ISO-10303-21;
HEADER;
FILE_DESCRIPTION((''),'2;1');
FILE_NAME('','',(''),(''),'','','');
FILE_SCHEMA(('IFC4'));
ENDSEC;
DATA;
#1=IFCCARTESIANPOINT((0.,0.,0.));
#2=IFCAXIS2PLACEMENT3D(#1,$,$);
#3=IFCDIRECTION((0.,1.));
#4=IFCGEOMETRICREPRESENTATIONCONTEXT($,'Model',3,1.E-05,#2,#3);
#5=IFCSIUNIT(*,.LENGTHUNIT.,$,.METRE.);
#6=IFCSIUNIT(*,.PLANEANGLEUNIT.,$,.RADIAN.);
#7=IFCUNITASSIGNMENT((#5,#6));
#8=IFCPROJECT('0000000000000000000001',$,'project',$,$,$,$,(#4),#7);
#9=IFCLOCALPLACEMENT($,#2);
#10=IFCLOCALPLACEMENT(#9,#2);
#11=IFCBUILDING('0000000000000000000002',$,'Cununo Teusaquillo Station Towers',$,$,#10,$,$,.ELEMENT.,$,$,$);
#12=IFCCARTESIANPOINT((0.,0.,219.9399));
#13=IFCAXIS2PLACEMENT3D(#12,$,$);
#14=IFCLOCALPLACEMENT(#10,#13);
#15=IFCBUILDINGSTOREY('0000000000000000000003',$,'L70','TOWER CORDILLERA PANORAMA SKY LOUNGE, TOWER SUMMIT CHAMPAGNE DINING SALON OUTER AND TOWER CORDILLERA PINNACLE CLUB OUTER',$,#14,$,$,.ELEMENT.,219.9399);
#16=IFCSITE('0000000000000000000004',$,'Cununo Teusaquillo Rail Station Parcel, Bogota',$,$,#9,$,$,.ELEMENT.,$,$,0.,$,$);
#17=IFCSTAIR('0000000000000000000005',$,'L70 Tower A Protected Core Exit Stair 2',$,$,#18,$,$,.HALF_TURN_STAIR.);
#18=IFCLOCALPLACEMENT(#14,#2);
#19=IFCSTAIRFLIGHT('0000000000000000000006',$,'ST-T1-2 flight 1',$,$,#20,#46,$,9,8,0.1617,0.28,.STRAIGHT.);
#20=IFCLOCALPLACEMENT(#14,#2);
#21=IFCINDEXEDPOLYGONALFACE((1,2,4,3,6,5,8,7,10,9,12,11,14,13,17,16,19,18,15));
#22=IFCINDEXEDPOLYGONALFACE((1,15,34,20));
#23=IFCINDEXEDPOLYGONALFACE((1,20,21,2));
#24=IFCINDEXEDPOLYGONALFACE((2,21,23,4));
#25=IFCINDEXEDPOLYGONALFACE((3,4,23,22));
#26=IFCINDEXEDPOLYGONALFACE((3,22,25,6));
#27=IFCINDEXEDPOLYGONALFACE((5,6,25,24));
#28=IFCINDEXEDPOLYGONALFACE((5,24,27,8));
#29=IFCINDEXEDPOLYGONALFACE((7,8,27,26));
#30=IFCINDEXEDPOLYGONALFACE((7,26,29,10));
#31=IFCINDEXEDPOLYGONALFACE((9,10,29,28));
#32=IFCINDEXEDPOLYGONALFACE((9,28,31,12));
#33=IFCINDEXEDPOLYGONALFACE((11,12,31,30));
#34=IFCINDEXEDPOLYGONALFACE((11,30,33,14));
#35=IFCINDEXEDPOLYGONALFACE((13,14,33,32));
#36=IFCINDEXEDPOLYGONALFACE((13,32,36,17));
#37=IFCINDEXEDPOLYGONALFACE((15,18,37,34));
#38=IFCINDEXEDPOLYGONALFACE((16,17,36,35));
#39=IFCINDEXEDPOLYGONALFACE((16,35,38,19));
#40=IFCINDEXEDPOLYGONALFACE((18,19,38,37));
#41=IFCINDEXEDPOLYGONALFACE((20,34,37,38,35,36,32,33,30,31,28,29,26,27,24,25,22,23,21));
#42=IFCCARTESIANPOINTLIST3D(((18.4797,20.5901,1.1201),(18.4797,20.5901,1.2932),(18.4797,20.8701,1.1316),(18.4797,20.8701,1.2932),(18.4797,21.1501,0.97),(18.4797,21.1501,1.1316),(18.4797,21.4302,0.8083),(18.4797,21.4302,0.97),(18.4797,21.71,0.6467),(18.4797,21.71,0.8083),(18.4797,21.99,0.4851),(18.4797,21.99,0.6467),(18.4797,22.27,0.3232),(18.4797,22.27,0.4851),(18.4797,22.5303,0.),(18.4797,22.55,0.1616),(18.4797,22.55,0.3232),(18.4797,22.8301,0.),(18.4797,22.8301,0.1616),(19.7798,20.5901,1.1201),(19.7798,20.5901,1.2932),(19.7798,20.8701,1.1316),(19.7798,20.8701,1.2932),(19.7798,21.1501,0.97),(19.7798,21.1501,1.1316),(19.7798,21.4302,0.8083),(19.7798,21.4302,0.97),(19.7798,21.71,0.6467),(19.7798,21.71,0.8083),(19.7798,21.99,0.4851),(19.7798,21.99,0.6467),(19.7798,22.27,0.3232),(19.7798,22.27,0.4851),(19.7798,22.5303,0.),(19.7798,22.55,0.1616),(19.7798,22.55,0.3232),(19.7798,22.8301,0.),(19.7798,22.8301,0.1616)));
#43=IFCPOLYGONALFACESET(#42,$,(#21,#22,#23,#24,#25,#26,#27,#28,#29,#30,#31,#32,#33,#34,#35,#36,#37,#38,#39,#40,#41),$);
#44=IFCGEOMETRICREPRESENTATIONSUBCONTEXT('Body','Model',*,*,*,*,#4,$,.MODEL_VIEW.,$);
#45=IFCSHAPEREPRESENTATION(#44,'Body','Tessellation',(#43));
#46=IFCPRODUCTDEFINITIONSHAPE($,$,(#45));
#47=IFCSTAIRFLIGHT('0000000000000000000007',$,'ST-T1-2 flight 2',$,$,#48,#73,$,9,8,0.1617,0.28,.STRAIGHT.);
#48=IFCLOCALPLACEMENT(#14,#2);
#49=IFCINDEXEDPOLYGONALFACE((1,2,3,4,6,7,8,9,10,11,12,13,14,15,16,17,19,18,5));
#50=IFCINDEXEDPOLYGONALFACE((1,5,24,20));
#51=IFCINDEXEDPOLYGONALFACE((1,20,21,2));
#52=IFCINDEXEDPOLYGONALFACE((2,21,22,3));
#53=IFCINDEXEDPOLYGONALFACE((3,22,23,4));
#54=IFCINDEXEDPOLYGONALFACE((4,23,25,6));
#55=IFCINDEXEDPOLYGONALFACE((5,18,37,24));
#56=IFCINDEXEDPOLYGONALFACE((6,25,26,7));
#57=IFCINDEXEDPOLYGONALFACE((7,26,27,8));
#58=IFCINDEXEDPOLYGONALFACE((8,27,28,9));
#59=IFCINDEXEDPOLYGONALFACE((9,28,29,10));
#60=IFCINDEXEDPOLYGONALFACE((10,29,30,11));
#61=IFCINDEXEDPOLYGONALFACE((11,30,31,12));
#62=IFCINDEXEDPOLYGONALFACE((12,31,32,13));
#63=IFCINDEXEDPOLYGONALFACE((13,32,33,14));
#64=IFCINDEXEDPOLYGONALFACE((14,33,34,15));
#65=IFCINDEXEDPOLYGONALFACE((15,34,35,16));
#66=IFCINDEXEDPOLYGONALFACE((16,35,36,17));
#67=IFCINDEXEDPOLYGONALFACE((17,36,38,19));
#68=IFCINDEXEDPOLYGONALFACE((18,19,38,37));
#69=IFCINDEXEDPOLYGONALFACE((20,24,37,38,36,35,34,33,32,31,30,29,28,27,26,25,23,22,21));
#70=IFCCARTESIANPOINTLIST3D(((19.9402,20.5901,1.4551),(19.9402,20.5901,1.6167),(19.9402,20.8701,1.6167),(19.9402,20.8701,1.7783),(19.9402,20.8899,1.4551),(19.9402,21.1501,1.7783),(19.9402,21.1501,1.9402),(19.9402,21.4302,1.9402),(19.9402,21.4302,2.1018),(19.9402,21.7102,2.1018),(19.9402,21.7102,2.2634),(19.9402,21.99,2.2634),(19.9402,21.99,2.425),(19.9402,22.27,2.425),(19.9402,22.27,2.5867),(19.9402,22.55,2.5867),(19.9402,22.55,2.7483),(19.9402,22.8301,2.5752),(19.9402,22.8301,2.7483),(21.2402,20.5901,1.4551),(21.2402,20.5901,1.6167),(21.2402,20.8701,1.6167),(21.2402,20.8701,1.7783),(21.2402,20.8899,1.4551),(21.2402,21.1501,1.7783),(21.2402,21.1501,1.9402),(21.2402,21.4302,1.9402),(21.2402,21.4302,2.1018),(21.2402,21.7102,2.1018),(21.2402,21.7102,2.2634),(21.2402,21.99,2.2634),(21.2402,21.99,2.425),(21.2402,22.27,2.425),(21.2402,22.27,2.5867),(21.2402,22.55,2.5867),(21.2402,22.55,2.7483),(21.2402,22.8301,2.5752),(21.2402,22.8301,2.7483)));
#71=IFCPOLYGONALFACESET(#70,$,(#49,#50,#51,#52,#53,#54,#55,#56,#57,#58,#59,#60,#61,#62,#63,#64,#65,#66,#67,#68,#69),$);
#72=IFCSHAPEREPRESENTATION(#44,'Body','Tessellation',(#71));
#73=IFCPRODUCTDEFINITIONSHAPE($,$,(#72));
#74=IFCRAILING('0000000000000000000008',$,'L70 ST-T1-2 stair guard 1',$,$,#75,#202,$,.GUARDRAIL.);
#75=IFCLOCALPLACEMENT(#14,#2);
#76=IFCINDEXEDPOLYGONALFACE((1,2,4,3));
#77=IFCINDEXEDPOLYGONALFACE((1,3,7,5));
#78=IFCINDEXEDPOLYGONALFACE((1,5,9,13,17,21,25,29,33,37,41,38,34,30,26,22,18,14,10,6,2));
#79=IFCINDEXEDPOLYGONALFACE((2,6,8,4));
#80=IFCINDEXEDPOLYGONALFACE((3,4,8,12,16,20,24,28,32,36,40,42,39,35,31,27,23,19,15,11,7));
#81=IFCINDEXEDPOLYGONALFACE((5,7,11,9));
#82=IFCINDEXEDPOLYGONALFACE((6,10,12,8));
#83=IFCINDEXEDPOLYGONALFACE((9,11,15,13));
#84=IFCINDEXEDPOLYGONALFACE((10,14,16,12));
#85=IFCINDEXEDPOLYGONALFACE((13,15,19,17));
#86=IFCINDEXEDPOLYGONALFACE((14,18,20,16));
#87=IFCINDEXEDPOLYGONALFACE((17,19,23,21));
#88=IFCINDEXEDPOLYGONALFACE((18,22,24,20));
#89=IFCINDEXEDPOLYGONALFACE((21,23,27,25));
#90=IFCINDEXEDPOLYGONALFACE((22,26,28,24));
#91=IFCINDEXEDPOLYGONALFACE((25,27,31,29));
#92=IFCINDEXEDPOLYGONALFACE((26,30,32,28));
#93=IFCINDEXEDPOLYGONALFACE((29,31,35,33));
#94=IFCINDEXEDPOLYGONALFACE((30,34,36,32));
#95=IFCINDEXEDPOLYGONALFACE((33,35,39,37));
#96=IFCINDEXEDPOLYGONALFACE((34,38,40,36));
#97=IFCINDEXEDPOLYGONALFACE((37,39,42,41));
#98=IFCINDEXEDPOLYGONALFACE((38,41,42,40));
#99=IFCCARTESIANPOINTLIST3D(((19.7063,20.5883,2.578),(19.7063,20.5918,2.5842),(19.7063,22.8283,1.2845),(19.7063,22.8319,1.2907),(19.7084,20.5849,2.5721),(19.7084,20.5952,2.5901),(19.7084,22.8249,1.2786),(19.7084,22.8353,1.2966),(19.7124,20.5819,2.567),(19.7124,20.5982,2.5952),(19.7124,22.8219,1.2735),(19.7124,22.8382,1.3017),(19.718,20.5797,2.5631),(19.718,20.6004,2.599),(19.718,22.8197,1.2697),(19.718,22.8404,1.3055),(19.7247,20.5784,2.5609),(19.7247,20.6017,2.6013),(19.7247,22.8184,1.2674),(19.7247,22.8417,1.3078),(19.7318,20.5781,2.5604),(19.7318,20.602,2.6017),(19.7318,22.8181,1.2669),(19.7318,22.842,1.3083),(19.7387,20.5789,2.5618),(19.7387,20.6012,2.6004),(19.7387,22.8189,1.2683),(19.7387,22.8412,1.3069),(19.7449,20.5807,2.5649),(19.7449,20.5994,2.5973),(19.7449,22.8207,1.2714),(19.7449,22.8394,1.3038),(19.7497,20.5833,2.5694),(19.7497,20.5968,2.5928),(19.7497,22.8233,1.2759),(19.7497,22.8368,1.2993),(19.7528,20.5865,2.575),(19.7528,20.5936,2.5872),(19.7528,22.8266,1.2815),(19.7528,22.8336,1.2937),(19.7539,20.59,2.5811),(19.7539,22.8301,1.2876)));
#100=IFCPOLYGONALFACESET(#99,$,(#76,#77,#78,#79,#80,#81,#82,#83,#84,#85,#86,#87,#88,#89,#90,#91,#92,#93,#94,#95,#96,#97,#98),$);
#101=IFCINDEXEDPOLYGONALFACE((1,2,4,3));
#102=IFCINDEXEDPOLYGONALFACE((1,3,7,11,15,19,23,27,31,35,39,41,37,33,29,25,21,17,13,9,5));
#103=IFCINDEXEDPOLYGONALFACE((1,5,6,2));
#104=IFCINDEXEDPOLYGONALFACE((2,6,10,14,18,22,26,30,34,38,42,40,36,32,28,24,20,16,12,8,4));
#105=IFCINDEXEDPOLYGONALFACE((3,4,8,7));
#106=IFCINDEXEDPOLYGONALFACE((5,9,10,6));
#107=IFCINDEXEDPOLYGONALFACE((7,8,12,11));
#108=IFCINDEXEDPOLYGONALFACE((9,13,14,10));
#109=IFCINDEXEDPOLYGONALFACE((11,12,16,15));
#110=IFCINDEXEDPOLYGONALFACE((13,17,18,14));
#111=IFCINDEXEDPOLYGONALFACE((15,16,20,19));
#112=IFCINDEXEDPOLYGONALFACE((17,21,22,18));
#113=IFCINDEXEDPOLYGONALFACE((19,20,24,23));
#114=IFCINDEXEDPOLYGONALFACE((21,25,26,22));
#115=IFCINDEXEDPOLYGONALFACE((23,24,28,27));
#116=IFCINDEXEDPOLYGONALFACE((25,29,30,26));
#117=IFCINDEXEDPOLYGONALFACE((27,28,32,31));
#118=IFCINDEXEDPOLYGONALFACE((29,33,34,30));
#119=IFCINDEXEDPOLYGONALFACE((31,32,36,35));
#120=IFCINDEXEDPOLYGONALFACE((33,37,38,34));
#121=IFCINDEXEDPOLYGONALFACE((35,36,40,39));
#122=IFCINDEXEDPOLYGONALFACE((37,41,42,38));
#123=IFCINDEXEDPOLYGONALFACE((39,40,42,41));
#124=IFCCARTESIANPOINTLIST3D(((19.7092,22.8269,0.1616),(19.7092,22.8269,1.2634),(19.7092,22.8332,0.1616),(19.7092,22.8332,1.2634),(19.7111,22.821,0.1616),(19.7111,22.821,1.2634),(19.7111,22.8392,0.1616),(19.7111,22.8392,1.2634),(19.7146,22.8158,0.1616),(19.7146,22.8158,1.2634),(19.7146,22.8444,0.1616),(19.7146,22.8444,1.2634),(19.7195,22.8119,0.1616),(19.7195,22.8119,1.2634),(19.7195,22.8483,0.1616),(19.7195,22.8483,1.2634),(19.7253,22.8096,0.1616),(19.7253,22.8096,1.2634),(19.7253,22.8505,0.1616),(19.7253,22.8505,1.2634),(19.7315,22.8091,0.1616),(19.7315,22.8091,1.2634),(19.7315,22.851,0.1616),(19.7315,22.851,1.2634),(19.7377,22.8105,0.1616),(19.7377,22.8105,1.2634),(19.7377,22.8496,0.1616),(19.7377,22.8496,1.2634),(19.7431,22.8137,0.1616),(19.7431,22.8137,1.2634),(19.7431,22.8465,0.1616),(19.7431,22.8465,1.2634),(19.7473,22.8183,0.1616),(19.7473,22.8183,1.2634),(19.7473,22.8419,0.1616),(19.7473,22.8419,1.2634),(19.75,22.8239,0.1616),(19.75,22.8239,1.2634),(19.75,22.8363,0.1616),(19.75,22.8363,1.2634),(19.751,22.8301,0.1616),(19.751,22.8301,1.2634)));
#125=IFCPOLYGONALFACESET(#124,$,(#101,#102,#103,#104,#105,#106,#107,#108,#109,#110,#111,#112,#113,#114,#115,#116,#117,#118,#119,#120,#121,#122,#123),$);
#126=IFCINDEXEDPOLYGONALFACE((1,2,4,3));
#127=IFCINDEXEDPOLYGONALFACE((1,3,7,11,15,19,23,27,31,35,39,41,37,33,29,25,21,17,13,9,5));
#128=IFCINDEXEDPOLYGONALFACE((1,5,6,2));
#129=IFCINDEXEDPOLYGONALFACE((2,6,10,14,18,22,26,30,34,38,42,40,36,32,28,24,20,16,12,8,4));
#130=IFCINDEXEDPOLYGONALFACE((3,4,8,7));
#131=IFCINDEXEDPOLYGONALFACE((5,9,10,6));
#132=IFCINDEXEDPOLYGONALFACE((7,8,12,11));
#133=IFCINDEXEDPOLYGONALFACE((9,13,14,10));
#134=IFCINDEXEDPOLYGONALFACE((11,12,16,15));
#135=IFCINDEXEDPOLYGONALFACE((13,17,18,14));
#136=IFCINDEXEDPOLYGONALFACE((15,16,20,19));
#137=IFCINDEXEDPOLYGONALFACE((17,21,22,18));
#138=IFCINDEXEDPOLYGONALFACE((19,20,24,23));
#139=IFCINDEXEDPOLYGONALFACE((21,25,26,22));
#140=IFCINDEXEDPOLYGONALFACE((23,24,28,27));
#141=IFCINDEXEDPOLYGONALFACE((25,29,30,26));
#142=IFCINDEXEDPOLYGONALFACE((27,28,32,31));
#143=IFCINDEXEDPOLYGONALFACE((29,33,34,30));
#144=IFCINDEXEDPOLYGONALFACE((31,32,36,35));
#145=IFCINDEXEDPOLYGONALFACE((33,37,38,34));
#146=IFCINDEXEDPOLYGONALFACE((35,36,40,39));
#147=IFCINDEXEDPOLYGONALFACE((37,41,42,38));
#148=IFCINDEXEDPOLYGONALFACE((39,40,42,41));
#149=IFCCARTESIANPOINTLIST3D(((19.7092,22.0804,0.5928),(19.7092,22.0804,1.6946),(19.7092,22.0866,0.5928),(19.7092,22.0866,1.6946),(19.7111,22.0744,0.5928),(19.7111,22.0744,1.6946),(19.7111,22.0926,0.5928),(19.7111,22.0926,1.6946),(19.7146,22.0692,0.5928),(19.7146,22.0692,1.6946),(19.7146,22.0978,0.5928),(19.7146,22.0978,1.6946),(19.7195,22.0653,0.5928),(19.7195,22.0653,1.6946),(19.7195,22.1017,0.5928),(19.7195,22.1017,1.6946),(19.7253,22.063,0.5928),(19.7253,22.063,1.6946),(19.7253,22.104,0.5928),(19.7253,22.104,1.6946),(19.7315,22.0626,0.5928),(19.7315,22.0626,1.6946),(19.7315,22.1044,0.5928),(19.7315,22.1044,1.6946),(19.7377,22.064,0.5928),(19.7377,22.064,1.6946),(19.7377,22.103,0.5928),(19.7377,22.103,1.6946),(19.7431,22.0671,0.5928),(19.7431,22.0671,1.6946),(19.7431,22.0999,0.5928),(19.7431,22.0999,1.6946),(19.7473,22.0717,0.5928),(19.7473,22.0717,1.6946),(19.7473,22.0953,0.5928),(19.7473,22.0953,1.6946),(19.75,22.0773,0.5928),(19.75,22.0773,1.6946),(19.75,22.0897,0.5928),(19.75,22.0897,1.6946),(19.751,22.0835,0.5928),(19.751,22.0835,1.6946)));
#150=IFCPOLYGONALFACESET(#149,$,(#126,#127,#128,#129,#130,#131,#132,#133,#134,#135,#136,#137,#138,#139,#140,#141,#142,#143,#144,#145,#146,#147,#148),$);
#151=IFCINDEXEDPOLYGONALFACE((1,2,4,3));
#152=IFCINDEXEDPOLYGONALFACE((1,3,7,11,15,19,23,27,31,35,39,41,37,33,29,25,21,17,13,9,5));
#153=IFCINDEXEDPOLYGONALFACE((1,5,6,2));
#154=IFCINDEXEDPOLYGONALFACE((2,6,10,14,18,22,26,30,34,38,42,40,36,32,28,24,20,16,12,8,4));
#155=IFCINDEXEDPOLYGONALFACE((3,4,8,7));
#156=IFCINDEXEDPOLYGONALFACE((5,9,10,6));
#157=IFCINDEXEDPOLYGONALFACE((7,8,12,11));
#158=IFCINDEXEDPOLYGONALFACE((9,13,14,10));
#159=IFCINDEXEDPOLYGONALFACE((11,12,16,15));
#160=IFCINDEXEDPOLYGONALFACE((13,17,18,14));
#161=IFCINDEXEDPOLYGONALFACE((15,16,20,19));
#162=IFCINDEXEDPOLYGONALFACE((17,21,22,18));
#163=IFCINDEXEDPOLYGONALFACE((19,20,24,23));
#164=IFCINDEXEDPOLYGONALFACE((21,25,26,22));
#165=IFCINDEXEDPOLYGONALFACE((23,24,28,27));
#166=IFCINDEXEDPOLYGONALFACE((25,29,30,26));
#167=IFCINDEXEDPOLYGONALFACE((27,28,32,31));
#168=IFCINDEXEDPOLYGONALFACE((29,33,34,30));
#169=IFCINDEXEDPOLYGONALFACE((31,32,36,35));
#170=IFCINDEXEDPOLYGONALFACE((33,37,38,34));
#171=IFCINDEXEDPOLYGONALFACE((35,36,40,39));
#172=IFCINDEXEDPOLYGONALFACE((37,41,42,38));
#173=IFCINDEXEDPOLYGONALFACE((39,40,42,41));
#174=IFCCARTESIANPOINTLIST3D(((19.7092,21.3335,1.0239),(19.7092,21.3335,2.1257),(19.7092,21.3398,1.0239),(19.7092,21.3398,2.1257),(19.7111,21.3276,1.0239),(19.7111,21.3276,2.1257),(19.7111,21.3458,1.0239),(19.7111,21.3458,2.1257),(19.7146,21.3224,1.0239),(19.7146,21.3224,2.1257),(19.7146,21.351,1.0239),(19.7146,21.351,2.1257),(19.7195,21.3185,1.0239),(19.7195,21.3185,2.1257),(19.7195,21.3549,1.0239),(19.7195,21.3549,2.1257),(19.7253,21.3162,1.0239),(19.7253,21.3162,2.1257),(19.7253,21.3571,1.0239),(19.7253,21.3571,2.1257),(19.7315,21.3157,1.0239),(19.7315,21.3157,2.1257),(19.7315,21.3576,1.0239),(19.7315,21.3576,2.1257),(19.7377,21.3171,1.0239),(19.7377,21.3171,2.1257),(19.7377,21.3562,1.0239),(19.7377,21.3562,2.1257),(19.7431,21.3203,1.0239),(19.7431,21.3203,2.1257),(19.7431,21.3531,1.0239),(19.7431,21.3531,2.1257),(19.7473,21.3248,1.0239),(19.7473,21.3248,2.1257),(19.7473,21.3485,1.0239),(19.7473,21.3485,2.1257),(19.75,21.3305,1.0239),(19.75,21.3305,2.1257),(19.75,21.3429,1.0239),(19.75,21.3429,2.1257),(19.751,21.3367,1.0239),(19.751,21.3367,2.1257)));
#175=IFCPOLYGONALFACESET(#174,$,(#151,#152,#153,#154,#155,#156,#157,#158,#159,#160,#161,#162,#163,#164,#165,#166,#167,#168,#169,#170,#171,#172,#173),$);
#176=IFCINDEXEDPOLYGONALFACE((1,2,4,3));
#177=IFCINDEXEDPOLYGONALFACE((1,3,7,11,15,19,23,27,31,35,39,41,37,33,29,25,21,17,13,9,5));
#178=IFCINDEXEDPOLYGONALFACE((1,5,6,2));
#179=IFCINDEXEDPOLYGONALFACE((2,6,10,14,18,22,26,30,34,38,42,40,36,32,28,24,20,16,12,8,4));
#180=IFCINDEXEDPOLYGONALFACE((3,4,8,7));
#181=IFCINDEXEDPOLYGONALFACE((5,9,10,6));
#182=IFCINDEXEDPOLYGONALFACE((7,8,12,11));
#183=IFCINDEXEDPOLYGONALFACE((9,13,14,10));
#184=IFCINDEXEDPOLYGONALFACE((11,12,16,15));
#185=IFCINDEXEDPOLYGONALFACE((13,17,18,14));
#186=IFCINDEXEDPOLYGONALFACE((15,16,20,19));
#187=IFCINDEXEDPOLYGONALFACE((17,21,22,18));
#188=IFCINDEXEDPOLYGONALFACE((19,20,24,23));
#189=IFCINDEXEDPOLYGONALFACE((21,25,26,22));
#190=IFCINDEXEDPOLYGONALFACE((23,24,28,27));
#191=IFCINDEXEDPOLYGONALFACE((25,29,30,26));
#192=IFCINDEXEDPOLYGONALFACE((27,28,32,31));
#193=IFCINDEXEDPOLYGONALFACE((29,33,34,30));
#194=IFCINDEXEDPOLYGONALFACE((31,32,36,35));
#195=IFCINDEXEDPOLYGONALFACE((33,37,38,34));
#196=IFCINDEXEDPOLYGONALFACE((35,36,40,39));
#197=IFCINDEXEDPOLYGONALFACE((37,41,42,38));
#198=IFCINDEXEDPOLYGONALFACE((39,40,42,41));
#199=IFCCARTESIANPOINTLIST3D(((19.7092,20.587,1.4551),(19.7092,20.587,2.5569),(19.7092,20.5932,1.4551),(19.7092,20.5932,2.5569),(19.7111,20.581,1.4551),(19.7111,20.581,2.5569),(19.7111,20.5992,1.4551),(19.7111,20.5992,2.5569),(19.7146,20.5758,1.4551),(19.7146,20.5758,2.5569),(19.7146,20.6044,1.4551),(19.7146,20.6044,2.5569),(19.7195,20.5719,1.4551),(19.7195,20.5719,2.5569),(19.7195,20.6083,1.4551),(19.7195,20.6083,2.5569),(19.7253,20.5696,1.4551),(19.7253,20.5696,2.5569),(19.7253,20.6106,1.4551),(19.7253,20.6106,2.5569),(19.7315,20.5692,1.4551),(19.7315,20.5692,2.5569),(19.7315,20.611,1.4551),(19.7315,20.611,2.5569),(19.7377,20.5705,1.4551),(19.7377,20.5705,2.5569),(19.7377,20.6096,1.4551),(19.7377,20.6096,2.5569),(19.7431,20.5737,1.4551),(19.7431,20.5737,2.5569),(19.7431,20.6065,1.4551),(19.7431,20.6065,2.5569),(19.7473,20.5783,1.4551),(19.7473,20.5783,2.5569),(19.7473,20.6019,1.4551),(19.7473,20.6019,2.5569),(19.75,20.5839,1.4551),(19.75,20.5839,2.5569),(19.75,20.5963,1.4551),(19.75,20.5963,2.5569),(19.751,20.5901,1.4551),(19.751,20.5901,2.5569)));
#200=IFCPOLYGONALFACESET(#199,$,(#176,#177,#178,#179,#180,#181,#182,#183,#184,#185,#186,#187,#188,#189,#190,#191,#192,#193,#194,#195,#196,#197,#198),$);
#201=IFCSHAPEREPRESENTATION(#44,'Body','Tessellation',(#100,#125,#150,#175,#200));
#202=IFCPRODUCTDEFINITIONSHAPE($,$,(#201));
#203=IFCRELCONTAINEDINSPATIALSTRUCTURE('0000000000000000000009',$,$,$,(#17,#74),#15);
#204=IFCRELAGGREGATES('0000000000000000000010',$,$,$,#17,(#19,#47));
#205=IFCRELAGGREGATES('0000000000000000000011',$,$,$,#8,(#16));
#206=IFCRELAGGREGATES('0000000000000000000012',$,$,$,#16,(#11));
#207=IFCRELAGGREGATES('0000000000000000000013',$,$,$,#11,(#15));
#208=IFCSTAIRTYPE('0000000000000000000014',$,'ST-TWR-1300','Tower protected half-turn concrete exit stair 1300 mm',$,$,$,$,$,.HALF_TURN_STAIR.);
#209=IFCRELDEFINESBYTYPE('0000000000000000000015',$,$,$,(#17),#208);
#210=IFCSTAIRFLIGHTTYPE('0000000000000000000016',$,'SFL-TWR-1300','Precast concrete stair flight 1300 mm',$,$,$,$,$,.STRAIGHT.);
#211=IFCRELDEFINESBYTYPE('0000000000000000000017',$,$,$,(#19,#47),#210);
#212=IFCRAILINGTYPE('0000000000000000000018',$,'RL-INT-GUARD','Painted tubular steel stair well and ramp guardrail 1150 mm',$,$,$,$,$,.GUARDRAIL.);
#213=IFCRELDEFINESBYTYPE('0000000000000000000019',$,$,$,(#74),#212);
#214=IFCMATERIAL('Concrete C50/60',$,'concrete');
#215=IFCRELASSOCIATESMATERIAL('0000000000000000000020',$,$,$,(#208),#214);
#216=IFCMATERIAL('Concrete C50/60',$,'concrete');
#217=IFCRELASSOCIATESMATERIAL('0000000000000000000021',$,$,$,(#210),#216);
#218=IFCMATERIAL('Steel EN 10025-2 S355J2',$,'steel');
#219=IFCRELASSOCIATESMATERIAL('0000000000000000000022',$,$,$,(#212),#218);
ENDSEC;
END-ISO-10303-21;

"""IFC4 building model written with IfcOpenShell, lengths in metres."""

from ifc_helpers import new_model, si_unit, direction, frame, origin, origin_2d, place, context, subcontext, project, spatial, polyline, circle, outline, extrude, material, type_object, element, aggregate, save


model = new_model("IFC4")

# Units and contexts
model_context = context("Model", 3, precision=1e-05, world=origin(), true_north=direction((0.0, 1.0)))
body_context = subcontext(model_context, "Body", "Model", "MODEL_VIEW")
ifc_project = project(units=[si_unit("LENGTHUNIT", "METRE"), si_unit("PLANEANGLEUNIT", "RADIAN")], contexts=[model_context])

# Site, building, storey
site_placement = place(None, origin())
site = spatial("IfcSite", under=ifc_project, at=site_placement, Name="Cununo Teusaquillo Rail Station Parcel, Bogota", CompositionType="ELEMENT", RefElevation=0.0)
building_placement = place(site_placement, origin())
building = spatial("IfcBuilding", under=site, at=building_placement, Name="Cununo Teusaquillo Station Towers", CompositionType="ELEMENT")
storey_placement = place(building_placement, frame((0.0, 0.0, 219.9399)))
storey = spatial("IfcBuildingStorey", under=building, at=storey_placement, Name="L70", Description="TOWER CORDILLERA PANORAMA SKY LOUNGE, TOWER SUMMIT CHAMPAGNE DINING SALON OUTER AND TOWER CORDILLERA PINNACLE CLUB OUTER", CompositionType="ELEMENT", Elevation=219.9399)

# Stair, stair flights
ifc_material_1 = material(Name="Concrete C50/60", Category="concrete")
stair_type = type_object("IfcStairType", Name="ST-TWR-1300", Description="Tower protected half-turn concrete exit stair 1300 mm", PredefinedType="HALF_TURN_STAIR", material=ifc_material_1)
stair_placement = place(storey_placement, origin())
stair = element("IfcStair", 1, at=stair_placement, inside=storey, type_object=stair_type, Name="L70 Tower A Protected Core Exit Stair 2", PredefinedType="HALF_TURN_STAIR")
ifc_material_2 = material(Name="Concrete C50/60", Category="concrete")
stair_flight_type = type_object("IfcStairFlightType", Name="SFL-TWR-1300", Description="Precast concrete stair flight 1300 mm", PredefinedType="STRAIGHT", material=ifc_material_2)
stair_flight_1_placement = place(storey_placement, frame((19.1299, 22.8301, 0.0), z_axis=(0.0, 0.0, 1.0), x_axis=(0.0, -1.0, 0.0)))
stair_flight_1 = element("IfcStairFlight", 2, at=stair_flight_1_placement, type_object=stair_flight_type, Name="ST-T1-2 flight 1", NumberOfRisers=9, NumberOfTreads=8, PredefinedType="STRAIGHT", RiserHeight=0.1617, TreadLength=0.28, context=body_context, shape_type="SweptSolid", body=[
    extrude(outline(polyline([(0.0, 0.0), (0.0, 0.1616), (0.28, 0.1616), (0.28, 0.3232), (0.5601, 0.3232), (0.5601, 0.4851), (0.8401, 0.4851), (0.8401, 0.6467), (1.1201, 0.6467), (1.1201, 0.8083), (1.3999, 0.8083), (1.3999, 0.97), (1.6799, 0.97), (1.6799, 1.1316), (1.96, 1.1316), (1.96, 1.2932), (2.24, 1.2932), (2.24, 1.4551), (2.24, 1.1201), (0.2998, 0.0), (0.0, 0.0)])), frame((0.0, 0.6499, 0.0), z_axis=(0.0, -1.0, 0.0), x_axis=(1.0, 0.0, 0.0)), (0.0, 0.0, 1.0), 1.3),
])
stair_flight_2_placement = place(storey_placement, frame((20.5901, 20.5901, 1.4551), z_axis=(0.0, 0.0, 1.0), x_axis=(0.0, 1.0, 0.0)))
stair_flight_2 = element("IfcStairFlight", 3, at=stair_flight_2_placement, type_object=stair_flight_type, Name="ST-T1-2 flight 2", NumberOfRisers=9, NumberOfTreads=8, PredefinedType="STRAIGHT", RiserHeight=0.1617, TreadLength=0.28, context=body_context, shape_type="SweptSolid", body=[
    extrude(outline(polyline([(0.0, 0.0), (0.0, 0.1616), (0.28, 0.1616), (0.28, 0.3232), (0.5601, 0.3232), (0.5601, 0.4851), (0.8401, 0.4851), (0.8401, 0.6467), (1.1201, 0.6467), (1.1201, 0.8083), (1.3999, 0.8083), (1.3999, 0.97), (1.6799, 0.97), (1.6799, 1.1316), (1.96, 1.1316), (1.96, 1.2932), (2.24, 1.2932), (2.24, 1.4551), (2.24, 1.1201), (0.2998, 0.0), (0.0, 0.0)])), frame((0.0, 0.6499, 0.0), z_axis=(0.0, -1.0, 0.0), x_axis=(1.0, 0.0, 0.0)), (0.0, 0.0, 1.0), 1.3),
])
aggregate(stair, [stair_flight_1, stair_flight_2])

# Railing
ifc_material_3 = material(Name="Steel EN 10025-2 S355J2", Category="steel")
railing_type_1 = type_object("IfcRailingType", Name="RL-INT-GUARD", Description="Painted tubular steel stair well and ramp guardrail 1150 mm", PredefinedType="GUARDRAIL", material=ifc_material_3)
railing_1_placement = place(storey_placement, frame((19.73, 22.8301, 0.1616)))
element("IfcRailing", 4, at=railing_1_placement, inside=storey, type_object=railing_type_1, Name="L70 ST-T1-2 stair guard 1", PredefinedType="GUARDRAIL", context=body_context, shape_type="SweptSolid", body=[
    extrude(circle(Radius=0.0239, at=origin_2d()), frame((0.0, 0.0, 1.126), z_axis=(0.0, -0.865992, 0.500057), x_axis=(1.0, 0.0, 0.0)), (0.0, 0.0, 1.0), 2.5867),
    extrude(circle(Radius=0.021, at=origin_2d()), origin(), (0.0, 0.0, 1.0), 1.1018),
    extrude(circle(Radius=0.021, at=origin_2d()), frame((0.0, -0.7466, 0.4312)), (0.0, 0.0, 1.0), 1.1018),
    extrude(circle(Radius=0.021, at=origin_2d()), frame((0.0, -1.4934, 0.8623)), (0.0, 0.0, 1.0), 1.1018),
    extrude(circle(Radius=0.021, at=origin_2d()), frame((0.0, -2.24, 1.2935)), (0.0, 0.0, 1.0), 1.1018),
])

save(model, "model.ifc")
